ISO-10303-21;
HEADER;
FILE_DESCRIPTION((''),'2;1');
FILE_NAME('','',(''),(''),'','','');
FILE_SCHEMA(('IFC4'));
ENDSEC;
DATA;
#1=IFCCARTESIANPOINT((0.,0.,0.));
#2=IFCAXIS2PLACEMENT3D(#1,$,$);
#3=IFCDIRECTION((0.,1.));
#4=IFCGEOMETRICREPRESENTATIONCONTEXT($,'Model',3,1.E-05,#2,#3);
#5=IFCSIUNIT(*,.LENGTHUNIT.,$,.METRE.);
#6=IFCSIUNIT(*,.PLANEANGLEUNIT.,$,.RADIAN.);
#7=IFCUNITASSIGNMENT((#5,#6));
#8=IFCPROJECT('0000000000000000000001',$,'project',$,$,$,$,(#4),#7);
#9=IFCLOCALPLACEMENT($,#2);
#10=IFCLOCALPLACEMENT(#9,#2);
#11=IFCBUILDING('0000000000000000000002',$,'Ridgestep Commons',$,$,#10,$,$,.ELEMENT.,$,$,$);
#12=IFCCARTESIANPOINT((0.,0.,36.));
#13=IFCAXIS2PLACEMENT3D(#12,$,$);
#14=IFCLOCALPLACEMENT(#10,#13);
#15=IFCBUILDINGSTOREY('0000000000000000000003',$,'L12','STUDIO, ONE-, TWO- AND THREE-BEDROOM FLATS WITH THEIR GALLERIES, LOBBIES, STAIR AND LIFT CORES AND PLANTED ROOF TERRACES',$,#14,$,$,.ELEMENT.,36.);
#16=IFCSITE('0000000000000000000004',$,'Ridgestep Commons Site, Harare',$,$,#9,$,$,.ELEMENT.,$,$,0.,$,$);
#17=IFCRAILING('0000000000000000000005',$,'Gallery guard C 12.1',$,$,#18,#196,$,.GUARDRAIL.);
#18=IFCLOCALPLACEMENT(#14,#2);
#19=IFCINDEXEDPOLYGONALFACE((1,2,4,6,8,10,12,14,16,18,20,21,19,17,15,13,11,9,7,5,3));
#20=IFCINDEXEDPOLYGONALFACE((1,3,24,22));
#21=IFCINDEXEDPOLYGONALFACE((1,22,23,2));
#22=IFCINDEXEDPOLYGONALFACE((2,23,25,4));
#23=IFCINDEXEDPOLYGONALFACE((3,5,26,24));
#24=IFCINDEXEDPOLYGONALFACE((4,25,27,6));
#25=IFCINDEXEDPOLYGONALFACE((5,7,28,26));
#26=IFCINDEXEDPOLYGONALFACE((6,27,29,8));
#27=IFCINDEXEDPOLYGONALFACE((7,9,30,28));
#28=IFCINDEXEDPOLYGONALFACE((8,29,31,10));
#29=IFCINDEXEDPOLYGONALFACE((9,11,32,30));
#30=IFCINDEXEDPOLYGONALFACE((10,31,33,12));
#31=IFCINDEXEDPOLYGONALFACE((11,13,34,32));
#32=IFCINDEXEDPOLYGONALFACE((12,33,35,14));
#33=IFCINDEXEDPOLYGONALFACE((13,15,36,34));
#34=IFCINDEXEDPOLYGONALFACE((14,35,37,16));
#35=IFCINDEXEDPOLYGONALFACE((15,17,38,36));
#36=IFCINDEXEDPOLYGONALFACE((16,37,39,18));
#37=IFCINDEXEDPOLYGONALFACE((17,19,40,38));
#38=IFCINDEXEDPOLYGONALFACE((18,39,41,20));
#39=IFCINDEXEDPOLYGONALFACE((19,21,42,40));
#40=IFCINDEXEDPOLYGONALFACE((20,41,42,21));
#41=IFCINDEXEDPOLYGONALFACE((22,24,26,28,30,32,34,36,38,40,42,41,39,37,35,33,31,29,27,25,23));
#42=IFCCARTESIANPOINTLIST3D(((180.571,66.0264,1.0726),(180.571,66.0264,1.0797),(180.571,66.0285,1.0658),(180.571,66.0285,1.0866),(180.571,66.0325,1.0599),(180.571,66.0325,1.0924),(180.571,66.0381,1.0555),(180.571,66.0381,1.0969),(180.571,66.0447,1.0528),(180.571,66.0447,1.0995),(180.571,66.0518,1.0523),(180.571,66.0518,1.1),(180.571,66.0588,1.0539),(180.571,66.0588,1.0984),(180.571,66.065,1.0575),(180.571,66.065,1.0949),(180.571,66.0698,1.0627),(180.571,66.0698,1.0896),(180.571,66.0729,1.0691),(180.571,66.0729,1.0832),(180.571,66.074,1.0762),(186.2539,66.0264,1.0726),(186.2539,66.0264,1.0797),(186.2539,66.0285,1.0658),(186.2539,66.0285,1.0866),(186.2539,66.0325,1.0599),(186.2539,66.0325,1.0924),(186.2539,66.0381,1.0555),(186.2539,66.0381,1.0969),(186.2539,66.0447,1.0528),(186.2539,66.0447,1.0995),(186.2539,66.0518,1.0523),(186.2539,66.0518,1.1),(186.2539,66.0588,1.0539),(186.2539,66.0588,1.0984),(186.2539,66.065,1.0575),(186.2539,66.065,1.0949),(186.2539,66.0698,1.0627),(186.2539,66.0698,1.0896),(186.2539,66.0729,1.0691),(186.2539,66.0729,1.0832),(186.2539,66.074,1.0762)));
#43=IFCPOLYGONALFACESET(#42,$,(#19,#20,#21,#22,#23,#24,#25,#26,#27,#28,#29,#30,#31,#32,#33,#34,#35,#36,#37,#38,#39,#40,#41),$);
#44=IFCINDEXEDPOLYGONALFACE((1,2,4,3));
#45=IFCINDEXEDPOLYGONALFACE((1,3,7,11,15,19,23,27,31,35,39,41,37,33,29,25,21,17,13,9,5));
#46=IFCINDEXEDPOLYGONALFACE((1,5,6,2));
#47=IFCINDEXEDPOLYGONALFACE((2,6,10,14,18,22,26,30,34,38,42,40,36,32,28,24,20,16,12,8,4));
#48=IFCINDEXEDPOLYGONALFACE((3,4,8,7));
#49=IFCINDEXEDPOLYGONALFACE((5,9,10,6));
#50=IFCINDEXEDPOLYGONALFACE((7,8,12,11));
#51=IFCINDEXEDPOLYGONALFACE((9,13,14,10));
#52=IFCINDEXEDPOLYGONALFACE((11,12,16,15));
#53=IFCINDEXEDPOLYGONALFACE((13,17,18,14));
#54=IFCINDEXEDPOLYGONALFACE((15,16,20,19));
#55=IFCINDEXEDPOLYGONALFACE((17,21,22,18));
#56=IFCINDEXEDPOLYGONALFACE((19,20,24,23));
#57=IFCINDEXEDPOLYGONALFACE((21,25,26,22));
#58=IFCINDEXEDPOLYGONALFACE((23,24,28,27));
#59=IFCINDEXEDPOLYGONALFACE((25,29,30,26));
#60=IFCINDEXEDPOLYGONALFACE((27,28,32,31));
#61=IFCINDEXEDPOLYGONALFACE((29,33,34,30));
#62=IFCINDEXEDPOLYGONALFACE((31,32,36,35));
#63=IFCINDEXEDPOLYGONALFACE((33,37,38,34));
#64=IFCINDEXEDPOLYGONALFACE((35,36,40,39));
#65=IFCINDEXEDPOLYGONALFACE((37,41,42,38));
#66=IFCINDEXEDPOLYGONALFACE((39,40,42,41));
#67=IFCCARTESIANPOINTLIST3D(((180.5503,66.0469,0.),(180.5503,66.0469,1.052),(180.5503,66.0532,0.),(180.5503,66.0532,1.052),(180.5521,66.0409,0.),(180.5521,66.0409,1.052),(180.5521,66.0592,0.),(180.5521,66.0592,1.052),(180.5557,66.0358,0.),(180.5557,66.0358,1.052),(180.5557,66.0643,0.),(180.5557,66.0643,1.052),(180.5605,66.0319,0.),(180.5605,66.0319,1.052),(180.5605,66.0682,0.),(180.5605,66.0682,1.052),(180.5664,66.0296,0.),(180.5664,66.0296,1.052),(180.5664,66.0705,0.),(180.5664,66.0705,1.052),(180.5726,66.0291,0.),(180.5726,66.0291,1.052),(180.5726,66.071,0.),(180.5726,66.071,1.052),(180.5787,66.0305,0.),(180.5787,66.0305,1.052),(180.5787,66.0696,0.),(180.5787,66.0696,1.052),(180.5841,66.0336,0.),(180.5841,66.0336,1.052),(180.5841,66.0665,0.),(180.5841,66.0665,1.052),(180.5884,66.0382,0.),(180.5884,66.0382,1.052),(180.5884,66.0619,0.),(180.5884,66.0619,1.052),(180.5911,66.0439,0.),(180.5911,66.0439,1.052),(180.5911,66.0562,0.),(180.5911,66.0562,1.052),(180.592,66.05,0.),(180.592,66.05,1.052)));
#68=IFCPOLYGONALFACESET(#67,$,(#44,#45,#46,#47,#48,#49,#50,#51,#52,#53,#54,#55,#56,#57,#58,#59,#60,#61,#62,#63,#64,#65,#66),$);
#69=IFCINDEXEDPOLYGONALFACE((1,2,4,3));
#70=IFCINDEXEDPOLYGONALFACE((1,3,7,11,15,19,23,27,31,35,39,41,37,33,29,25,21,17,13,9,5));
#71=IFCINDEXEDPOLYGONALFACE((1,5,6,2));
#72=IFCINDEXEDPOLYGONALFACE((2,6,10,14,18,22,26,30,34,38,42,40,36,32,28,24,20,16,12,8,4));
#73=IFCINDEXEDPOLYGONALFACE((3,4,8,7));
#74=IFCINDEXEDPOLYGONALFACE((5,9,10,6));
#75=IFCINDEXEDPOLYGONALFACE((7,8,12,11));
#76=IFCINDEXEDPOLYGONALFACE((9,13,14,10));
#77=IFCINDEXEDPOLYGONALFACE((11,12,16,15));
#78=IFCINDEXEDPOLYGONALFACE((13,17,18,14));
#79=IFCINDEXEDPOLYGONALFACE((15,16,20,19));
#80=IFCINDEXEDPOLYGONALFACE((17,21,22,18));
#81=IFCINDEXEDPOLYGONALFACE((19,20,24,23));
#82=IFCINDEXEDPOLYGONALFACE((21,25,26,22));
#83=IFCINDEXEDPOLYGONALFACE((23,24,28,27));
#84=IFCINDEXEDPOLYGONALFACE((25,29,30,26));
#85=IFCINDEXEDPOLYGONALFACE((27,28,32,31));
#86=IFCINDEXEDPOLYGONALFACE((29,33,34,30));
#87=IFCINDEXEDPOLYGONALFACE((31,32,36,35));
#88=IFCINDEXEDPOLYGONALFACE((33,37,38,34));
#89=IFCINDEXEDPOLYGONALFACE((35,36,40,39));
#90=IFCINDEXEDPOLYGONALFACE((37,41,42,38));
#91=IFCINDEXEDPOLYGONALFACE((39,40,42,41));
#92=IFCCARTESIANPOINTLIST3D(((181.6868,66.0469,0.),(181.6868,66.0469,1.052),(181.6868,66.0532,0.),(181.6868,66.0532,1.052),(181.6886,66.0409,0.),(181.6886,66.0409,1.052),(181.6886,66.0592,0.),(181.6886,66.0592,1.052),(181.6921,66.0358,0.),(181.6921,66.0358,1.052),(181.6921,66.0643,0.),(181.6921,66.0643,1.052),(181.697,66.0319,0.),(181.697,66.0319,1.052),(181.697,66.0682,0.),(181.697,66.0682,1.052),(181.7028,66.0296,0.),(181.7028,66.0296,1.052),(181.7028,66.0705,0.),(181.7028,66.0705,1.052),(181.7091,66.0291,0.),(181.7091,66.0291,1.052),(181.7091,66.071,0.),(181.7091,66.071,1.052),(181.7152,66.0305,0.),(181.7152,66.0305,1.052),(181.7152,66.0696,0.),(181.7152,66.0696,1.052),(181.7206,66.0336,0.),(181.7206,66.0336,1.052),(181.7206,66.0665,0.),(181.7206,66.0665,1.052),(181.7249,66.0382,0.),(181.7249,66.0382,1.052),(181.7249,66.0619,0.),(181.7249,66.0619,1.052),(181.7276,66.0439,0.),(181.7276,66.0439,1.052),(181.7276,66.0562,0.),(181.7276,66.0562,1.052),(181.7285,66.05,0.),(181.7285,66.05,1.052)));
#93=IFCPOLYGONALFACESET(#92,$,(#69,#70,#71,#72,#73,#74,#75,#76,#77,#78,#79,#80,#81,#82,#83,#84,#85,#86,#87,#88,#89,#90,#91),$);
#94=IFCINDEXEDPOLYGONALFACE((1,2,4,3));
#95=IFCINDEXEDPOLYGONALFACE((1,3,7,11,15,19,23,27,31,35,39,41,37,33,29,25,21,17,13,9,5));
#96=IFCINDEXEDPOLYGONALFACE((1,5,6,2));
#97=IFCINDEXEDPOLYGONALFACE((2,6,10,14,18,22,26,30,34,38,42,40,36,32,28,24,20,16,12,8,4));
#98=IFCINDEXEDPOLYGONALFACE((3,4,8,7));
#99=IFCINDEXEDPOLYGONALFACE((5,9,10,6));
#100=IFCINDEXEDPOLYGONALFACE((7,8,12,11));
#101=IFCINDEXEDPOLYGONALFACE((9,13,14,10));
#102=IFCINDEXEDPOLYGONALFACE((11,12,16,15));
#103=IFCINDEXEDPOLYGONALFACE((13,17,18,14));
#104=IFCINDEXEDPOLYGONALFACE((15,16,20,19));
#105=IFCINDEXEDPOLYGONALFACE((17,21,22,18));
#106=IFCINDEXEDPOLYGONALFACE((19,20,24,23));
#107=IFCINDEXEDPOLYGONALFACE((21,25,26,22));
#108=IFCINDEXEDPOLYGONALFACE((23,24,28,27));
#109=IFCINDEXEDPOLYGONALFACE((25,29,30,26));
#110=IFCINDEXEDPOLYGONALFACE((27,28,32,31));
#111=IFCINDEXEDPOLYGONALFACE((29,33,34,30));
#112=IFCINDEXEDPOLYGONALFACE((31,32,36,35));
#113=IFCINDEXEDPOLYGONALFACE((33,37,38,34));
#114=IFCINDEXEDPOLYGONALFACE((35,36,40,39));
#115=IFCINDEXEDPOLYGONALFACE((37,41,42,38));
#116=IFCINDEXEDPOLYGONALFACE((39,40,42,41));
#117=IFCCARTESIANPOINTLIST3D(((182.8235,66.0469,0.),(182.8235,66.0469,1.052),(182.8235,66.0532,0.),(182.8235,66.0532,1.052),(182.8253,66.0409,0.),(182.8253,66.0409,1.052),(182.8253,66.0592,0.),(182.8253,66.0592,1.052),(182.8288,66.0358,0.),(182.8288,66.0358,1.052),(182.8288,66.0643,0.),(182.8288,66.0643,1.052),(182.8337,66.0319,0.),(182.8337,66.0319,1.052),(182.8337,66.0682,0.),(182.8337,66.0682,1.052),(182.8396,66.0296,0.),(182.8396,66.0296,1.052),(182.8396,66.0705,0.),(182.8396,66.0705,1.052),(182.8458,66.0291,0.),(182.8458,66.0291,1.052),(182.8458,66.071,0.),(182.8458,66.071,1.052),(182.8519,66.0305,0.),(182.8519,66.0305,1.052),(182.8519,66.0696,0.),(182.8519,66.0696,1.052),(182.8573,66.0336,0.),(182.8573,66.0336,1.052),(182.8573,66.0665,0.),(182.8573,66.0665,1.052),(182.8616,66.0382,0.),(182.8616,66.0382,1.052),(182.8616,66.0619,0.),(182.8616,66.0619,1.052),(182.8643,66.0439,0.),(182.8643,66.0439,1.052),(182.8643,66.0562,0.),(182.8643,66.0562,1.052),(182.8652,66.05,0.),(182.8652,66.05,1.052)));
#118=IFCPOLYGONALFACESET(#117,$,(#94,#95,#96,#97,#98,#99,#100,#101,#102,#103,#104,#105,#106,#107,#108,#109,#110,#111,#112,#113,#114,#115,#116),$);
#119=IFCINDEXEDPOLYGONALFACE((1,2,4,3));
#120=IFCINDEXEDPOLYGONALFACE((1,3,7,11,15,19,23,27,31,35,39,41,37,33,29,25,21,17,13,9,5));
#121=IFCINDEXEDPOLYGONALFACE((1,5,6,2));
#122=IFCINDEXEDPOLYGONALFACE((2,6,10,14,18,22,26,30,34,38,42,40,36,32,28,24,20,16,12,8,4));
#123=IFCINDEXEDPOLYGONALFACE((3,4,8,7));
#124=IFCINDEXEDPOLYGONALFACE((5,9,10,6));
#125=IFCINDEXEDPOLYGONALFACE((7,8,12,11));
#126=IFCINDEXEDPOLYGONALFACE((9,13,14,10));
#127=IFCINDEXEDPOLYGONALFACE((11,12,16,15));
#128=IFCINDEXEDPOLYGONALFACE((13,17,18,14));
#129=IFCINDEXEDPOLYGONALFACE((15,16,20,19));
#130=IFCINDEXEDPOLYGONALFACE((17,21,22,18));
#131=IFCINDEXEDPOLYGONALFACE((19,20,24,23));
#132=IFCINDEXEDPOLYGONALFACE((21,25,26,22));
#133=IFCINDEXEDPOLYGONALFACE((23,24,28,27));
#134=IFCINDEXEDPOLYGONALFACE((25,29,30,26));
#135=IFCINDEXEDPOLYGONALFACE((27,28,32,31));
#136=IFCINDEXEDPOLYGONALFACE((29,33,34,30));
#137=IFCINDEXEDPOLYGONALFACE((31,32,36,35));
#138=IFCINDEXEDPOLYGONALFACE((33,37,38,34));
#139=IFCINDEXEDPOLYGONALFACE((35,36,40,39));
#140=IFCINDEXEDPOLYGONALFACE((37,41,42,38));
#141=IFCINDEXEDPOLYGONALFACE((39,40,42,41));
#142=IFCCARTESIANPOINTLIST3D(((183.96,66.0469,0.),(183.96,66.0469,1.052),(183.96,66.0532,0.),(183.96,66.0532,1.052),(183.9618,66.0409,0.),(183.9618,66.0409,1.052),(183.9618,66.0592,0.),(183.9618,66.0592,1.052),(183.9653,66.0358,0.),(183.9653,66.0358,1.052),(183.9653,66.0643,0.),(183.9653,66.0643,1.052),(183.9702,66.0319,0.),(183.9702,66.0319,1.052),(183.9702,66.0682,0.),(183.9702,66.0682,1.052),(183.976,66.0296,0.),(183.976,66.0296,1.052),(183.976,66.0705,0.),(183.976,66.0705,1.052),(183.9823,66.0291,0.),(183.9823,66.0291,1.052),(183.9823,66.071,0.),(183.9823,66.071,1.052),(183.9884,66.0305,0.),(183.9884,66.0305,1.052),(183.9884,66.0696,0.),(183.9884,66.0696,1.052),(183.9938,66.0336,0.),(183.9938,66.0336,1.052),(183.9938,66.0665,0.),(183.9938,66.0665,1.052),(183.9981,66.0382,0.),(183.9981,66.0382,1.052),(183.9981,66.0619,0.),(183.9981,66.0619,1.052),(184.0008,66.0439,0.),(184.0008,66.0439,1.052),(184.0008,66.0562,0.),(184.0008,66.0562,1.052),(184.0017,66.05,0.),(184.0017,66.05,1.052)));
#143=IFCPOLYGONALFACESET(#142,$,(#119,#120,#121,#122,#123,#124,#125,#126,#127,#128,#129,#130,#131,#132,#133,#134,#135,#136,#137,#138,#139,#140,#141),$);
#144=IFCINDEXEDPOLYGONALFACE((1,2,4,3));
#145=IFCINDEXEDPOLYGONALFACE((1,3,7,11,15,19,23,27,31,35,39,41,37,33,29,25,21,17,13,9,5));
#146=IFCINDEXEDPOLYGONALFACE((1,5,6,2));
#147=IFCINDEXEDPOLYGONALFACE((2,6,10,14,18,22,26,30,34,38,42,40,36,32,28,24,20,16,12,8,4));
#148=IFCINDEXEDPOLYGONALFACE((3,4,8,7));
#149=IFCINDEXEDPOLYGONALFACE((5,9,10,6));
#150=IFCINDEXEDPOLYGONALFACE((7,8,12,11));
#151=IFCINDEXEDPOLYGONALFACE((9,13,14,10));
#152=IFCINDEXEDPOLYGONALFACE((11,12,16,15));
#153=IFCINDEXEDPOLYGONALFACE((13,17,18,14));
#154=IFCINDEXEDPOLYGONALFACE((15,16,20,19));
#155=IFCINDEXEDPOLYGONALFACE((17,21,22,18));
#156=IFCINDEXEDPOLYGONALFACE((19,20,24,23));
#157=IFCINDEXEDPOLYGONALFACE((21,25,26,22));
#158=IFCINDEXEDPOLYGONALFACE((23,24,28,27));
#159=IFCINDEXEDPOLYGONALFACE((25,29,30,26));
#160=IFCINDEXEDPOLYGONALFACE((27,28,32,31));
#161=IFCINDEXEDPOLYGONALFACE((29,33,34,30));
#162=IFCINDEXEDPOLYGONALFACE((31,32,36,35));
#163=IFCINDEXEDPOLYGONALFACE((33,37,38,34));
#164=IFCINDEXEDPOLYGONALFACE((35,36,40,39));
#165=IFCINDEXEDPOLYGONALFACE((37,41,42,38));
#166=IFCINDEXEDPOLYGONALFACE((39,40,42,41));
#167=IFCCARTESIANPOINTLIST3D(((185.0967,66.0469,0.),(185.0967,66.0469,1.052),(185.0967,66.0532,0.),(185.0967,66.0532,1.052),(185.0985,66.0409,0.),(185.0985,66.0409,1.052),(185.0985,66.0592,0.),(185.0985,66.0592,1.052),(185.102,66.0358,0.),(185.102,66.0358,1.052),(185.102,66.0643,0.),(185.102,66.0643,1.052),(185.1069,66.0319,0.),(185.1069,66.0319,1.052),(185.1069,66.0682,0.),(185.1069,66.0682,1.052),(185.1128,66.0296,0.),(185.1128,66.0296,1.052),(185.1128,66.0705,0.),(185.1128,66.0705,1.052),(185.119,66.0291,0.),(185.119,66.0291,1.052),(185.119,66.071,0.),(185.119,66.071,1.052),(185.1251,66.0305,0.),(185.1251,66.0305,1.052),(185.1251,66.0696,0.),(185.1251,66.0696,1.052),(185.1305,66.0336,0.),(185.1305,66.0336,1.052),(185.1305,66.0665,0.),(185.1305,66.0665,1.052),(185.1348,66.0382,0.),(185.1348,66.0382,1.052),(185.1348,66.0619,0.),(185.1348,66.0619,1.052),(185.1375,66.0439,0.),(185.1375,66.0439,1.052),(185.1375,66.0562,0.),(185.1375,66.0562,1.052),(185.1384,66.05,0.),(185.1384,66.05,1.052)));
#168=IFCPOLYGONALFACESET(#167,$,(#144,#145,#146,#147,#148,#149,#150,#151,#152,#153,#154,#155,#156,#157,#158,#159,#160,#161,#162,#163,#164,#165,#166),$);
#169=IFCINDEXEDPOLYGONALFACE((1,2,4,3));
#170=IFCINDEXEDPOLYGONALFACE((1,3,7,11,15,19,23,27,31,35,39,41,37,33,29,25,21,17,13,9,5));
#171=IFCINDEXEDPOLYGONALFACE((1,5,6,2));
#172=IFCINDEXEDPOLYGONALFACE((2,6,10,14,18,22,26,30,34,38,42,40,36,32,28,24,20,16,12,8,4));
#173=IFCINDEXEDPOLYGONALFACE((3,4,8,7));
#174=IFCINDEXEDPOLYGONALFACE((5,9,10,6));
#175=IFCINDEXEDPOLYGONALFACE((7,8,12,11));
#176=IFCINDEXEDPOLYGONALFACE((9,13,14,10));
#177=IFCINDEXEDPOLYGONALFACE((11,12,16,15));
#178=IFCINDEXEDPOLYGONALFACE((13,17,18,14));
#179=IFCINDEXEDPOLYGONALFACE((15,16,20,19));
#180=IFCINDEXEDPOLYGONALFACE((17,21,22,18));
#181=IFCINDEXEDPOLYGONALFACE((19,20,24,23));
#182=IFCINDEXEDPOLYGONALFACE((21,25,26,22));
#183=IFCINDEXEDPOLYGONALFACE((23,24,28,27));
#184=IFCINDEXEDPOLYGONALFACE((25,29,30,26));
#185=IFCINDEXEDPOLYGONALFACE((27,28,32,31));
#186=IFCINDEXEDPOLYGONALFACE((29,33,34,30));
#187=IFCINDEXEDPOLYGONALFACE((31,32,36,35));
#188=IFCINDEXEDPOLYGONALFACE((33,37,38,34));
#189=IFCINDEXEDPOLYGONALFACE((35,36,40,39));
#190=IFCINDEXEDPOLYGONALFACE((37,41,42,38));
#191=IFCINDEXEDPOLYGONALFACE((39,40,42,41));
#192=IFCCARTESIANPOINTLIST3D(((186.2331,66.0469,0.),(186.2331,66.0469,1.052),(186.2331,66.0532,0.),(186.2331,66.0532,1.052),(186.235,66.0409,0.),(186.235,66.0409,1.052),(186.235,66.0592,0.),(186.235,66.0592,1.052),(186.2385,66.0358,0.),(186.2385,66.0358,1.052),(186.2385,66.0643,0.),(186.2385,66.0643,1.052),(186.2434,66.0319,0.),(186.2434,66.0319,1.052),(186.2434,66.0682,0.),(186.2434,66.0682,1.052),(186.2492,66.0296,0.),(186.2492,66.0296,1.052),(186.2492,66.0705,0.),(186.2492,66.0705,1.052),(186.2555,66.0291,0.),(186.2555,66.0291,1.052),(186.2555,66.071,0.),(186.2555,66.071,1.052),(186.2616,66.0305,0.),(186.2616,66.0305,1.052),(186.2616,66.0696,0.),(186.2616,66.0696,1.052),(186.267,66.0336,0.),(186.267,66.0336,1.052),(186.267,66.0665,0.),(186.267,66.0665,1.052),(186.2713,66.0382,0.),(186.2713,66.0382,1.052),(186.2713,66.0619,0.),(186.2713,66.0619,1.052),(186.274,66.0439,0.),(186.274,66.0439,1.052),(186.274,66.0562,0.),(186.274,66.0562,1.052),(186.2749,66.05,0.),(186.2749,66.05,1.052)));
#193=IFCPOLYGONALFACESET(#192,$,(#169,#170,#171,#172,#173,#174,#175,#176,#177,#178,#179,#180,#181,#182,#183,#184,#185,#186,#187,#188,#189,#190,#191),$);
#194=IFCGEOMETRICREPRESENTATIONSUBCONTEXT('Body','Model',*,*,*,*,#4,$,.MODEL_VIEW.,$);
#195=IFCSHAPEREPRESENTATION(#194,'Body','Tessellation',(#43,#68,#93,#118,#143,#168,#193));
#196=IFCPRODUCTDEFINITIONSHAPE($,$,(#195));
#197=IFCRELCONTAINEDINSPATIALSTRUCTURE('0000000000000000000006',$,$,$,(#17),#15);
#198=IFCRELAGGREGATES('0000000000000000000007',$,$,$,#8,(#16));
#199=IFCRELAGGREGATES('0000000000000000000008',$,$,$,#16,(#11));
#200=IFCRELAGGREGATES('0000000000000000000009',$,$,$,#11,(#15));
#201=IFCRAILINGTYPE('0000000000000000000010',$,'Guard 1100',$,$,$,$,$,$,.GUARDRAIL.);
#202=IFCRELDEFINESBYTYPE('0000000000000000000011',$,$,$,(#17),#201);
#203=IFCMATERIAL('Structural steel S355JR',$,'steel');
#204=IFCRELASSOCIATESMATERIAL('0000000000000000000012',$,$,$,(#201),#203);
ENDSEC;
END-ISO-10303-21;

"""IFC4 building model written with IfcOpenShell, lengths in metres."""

from ifc_helpers import new_model, si_unit, direction, frame, origin, origin_2d, place, context, subcontext, project, spatial, circle, extrude, material, type_object, element, save


model = new_model("IFC4")

# Units and contexts
model_context = context("Model", 3, precision=1e-05, world=origin(), true_north=direction((0.0, 1.0)))
body_context = subcontext(model_context, "Body", "Model", "MODEL_VIEW")
ifc_project = project(units=[si_unit("LENGTHUNIT", "METRE"), si_unit("PLANEANGLEUNIT", "RADIAN")], contexts=[model_context])

# Site, building, storey
site_placement = place(None, origin())
site = spatial("IfcSite", under=ifc_project, at=site_placement, Name="Ridgestep Commons Site, Harare", CompositionType="ELEMENT", RefElevation=0.0)
building_placement = place(site_placement, origin())
building = spatial("IfcBuilding", under=site, at=building_placement, Name="Ridgestep Commons", CompositionType="ELEMENT")
storey_placement = place(building_placement, frame((0.0, 0.0, 36.0)))
storey = spatial("IfcBuildingStorey", under=building, at=storey_placement, Name="L12", Description="STUDIO, ONE-, TWO- AND THREE-BEDROOM FLATS WITH THEIR GALLERIES, LOBBIES, STAIR AND LIFT CORES AND PLANTED ROOF TERRACES", CompositionType="ELEMENT", Elevation=36.0)

# Railing
ifc_material_1 = material(Name="Structural steel S355JR", Category="steel")
railing_type_1 = type_object("IfcRailingType", Name="Guard 1100", PredefinedType="GUARDRAIL", material=ifc_material_1)
railing_1_placement = place(storey_placement, frame((180.571, 66.05, 0.0)))
element("IfcRailing", 1, at=railing_1_placement, inside=storey, type_object=railing_type_1, Name="Gallery guard C 12.1", PredefinedType="GUARDRAIL", context=body_context, shape_type="SweptSolid", body=[
    extrude(circle(Radius=0.0239, at=origin_2d()), frame((0.0, 0.0, 1.0762), z_axis=(1.0, 0.0, 0.0), x_axis=(0.0, 1.0, 0.0)), (0.0, 0.0, 1.0), 5.6829),
    extrude(circle(Radius=0.021, at=origin_2d()), origin(), (0.0, 0.0, 1.0), 1.052),
    extrude(circle(Radius=0.021, at=origin_2d()), frame((1.1365, 0.0, 0.0)), (0.0, 0.0, 1.0), 1.052),
    extrude(circle(Radius=0.021, at=origin_2d()), frame((2.2732, 0.0, 0.0)), (0.0, 0.0, 1.0), 1.052),
    extrude(circle(Radius=0.021, at=origin_2d()), frame((3.4097, 0.0, 0.0)), (0.0, 0.0, 1.0), 1.052),
    extrude(circle(Radius=0.021, at=origin_2d()), frame((4.5464, 0.0, 0.0)), (0.0, 0.0, 1.0), 1.052),
    extrude(circle(Radius=0.021, at=origin_2d()), frame((5.6829, 0.0, 0.0)), (0.0, 0.0, 1.0), 1.052),
])

save(model, "model.ifc")
